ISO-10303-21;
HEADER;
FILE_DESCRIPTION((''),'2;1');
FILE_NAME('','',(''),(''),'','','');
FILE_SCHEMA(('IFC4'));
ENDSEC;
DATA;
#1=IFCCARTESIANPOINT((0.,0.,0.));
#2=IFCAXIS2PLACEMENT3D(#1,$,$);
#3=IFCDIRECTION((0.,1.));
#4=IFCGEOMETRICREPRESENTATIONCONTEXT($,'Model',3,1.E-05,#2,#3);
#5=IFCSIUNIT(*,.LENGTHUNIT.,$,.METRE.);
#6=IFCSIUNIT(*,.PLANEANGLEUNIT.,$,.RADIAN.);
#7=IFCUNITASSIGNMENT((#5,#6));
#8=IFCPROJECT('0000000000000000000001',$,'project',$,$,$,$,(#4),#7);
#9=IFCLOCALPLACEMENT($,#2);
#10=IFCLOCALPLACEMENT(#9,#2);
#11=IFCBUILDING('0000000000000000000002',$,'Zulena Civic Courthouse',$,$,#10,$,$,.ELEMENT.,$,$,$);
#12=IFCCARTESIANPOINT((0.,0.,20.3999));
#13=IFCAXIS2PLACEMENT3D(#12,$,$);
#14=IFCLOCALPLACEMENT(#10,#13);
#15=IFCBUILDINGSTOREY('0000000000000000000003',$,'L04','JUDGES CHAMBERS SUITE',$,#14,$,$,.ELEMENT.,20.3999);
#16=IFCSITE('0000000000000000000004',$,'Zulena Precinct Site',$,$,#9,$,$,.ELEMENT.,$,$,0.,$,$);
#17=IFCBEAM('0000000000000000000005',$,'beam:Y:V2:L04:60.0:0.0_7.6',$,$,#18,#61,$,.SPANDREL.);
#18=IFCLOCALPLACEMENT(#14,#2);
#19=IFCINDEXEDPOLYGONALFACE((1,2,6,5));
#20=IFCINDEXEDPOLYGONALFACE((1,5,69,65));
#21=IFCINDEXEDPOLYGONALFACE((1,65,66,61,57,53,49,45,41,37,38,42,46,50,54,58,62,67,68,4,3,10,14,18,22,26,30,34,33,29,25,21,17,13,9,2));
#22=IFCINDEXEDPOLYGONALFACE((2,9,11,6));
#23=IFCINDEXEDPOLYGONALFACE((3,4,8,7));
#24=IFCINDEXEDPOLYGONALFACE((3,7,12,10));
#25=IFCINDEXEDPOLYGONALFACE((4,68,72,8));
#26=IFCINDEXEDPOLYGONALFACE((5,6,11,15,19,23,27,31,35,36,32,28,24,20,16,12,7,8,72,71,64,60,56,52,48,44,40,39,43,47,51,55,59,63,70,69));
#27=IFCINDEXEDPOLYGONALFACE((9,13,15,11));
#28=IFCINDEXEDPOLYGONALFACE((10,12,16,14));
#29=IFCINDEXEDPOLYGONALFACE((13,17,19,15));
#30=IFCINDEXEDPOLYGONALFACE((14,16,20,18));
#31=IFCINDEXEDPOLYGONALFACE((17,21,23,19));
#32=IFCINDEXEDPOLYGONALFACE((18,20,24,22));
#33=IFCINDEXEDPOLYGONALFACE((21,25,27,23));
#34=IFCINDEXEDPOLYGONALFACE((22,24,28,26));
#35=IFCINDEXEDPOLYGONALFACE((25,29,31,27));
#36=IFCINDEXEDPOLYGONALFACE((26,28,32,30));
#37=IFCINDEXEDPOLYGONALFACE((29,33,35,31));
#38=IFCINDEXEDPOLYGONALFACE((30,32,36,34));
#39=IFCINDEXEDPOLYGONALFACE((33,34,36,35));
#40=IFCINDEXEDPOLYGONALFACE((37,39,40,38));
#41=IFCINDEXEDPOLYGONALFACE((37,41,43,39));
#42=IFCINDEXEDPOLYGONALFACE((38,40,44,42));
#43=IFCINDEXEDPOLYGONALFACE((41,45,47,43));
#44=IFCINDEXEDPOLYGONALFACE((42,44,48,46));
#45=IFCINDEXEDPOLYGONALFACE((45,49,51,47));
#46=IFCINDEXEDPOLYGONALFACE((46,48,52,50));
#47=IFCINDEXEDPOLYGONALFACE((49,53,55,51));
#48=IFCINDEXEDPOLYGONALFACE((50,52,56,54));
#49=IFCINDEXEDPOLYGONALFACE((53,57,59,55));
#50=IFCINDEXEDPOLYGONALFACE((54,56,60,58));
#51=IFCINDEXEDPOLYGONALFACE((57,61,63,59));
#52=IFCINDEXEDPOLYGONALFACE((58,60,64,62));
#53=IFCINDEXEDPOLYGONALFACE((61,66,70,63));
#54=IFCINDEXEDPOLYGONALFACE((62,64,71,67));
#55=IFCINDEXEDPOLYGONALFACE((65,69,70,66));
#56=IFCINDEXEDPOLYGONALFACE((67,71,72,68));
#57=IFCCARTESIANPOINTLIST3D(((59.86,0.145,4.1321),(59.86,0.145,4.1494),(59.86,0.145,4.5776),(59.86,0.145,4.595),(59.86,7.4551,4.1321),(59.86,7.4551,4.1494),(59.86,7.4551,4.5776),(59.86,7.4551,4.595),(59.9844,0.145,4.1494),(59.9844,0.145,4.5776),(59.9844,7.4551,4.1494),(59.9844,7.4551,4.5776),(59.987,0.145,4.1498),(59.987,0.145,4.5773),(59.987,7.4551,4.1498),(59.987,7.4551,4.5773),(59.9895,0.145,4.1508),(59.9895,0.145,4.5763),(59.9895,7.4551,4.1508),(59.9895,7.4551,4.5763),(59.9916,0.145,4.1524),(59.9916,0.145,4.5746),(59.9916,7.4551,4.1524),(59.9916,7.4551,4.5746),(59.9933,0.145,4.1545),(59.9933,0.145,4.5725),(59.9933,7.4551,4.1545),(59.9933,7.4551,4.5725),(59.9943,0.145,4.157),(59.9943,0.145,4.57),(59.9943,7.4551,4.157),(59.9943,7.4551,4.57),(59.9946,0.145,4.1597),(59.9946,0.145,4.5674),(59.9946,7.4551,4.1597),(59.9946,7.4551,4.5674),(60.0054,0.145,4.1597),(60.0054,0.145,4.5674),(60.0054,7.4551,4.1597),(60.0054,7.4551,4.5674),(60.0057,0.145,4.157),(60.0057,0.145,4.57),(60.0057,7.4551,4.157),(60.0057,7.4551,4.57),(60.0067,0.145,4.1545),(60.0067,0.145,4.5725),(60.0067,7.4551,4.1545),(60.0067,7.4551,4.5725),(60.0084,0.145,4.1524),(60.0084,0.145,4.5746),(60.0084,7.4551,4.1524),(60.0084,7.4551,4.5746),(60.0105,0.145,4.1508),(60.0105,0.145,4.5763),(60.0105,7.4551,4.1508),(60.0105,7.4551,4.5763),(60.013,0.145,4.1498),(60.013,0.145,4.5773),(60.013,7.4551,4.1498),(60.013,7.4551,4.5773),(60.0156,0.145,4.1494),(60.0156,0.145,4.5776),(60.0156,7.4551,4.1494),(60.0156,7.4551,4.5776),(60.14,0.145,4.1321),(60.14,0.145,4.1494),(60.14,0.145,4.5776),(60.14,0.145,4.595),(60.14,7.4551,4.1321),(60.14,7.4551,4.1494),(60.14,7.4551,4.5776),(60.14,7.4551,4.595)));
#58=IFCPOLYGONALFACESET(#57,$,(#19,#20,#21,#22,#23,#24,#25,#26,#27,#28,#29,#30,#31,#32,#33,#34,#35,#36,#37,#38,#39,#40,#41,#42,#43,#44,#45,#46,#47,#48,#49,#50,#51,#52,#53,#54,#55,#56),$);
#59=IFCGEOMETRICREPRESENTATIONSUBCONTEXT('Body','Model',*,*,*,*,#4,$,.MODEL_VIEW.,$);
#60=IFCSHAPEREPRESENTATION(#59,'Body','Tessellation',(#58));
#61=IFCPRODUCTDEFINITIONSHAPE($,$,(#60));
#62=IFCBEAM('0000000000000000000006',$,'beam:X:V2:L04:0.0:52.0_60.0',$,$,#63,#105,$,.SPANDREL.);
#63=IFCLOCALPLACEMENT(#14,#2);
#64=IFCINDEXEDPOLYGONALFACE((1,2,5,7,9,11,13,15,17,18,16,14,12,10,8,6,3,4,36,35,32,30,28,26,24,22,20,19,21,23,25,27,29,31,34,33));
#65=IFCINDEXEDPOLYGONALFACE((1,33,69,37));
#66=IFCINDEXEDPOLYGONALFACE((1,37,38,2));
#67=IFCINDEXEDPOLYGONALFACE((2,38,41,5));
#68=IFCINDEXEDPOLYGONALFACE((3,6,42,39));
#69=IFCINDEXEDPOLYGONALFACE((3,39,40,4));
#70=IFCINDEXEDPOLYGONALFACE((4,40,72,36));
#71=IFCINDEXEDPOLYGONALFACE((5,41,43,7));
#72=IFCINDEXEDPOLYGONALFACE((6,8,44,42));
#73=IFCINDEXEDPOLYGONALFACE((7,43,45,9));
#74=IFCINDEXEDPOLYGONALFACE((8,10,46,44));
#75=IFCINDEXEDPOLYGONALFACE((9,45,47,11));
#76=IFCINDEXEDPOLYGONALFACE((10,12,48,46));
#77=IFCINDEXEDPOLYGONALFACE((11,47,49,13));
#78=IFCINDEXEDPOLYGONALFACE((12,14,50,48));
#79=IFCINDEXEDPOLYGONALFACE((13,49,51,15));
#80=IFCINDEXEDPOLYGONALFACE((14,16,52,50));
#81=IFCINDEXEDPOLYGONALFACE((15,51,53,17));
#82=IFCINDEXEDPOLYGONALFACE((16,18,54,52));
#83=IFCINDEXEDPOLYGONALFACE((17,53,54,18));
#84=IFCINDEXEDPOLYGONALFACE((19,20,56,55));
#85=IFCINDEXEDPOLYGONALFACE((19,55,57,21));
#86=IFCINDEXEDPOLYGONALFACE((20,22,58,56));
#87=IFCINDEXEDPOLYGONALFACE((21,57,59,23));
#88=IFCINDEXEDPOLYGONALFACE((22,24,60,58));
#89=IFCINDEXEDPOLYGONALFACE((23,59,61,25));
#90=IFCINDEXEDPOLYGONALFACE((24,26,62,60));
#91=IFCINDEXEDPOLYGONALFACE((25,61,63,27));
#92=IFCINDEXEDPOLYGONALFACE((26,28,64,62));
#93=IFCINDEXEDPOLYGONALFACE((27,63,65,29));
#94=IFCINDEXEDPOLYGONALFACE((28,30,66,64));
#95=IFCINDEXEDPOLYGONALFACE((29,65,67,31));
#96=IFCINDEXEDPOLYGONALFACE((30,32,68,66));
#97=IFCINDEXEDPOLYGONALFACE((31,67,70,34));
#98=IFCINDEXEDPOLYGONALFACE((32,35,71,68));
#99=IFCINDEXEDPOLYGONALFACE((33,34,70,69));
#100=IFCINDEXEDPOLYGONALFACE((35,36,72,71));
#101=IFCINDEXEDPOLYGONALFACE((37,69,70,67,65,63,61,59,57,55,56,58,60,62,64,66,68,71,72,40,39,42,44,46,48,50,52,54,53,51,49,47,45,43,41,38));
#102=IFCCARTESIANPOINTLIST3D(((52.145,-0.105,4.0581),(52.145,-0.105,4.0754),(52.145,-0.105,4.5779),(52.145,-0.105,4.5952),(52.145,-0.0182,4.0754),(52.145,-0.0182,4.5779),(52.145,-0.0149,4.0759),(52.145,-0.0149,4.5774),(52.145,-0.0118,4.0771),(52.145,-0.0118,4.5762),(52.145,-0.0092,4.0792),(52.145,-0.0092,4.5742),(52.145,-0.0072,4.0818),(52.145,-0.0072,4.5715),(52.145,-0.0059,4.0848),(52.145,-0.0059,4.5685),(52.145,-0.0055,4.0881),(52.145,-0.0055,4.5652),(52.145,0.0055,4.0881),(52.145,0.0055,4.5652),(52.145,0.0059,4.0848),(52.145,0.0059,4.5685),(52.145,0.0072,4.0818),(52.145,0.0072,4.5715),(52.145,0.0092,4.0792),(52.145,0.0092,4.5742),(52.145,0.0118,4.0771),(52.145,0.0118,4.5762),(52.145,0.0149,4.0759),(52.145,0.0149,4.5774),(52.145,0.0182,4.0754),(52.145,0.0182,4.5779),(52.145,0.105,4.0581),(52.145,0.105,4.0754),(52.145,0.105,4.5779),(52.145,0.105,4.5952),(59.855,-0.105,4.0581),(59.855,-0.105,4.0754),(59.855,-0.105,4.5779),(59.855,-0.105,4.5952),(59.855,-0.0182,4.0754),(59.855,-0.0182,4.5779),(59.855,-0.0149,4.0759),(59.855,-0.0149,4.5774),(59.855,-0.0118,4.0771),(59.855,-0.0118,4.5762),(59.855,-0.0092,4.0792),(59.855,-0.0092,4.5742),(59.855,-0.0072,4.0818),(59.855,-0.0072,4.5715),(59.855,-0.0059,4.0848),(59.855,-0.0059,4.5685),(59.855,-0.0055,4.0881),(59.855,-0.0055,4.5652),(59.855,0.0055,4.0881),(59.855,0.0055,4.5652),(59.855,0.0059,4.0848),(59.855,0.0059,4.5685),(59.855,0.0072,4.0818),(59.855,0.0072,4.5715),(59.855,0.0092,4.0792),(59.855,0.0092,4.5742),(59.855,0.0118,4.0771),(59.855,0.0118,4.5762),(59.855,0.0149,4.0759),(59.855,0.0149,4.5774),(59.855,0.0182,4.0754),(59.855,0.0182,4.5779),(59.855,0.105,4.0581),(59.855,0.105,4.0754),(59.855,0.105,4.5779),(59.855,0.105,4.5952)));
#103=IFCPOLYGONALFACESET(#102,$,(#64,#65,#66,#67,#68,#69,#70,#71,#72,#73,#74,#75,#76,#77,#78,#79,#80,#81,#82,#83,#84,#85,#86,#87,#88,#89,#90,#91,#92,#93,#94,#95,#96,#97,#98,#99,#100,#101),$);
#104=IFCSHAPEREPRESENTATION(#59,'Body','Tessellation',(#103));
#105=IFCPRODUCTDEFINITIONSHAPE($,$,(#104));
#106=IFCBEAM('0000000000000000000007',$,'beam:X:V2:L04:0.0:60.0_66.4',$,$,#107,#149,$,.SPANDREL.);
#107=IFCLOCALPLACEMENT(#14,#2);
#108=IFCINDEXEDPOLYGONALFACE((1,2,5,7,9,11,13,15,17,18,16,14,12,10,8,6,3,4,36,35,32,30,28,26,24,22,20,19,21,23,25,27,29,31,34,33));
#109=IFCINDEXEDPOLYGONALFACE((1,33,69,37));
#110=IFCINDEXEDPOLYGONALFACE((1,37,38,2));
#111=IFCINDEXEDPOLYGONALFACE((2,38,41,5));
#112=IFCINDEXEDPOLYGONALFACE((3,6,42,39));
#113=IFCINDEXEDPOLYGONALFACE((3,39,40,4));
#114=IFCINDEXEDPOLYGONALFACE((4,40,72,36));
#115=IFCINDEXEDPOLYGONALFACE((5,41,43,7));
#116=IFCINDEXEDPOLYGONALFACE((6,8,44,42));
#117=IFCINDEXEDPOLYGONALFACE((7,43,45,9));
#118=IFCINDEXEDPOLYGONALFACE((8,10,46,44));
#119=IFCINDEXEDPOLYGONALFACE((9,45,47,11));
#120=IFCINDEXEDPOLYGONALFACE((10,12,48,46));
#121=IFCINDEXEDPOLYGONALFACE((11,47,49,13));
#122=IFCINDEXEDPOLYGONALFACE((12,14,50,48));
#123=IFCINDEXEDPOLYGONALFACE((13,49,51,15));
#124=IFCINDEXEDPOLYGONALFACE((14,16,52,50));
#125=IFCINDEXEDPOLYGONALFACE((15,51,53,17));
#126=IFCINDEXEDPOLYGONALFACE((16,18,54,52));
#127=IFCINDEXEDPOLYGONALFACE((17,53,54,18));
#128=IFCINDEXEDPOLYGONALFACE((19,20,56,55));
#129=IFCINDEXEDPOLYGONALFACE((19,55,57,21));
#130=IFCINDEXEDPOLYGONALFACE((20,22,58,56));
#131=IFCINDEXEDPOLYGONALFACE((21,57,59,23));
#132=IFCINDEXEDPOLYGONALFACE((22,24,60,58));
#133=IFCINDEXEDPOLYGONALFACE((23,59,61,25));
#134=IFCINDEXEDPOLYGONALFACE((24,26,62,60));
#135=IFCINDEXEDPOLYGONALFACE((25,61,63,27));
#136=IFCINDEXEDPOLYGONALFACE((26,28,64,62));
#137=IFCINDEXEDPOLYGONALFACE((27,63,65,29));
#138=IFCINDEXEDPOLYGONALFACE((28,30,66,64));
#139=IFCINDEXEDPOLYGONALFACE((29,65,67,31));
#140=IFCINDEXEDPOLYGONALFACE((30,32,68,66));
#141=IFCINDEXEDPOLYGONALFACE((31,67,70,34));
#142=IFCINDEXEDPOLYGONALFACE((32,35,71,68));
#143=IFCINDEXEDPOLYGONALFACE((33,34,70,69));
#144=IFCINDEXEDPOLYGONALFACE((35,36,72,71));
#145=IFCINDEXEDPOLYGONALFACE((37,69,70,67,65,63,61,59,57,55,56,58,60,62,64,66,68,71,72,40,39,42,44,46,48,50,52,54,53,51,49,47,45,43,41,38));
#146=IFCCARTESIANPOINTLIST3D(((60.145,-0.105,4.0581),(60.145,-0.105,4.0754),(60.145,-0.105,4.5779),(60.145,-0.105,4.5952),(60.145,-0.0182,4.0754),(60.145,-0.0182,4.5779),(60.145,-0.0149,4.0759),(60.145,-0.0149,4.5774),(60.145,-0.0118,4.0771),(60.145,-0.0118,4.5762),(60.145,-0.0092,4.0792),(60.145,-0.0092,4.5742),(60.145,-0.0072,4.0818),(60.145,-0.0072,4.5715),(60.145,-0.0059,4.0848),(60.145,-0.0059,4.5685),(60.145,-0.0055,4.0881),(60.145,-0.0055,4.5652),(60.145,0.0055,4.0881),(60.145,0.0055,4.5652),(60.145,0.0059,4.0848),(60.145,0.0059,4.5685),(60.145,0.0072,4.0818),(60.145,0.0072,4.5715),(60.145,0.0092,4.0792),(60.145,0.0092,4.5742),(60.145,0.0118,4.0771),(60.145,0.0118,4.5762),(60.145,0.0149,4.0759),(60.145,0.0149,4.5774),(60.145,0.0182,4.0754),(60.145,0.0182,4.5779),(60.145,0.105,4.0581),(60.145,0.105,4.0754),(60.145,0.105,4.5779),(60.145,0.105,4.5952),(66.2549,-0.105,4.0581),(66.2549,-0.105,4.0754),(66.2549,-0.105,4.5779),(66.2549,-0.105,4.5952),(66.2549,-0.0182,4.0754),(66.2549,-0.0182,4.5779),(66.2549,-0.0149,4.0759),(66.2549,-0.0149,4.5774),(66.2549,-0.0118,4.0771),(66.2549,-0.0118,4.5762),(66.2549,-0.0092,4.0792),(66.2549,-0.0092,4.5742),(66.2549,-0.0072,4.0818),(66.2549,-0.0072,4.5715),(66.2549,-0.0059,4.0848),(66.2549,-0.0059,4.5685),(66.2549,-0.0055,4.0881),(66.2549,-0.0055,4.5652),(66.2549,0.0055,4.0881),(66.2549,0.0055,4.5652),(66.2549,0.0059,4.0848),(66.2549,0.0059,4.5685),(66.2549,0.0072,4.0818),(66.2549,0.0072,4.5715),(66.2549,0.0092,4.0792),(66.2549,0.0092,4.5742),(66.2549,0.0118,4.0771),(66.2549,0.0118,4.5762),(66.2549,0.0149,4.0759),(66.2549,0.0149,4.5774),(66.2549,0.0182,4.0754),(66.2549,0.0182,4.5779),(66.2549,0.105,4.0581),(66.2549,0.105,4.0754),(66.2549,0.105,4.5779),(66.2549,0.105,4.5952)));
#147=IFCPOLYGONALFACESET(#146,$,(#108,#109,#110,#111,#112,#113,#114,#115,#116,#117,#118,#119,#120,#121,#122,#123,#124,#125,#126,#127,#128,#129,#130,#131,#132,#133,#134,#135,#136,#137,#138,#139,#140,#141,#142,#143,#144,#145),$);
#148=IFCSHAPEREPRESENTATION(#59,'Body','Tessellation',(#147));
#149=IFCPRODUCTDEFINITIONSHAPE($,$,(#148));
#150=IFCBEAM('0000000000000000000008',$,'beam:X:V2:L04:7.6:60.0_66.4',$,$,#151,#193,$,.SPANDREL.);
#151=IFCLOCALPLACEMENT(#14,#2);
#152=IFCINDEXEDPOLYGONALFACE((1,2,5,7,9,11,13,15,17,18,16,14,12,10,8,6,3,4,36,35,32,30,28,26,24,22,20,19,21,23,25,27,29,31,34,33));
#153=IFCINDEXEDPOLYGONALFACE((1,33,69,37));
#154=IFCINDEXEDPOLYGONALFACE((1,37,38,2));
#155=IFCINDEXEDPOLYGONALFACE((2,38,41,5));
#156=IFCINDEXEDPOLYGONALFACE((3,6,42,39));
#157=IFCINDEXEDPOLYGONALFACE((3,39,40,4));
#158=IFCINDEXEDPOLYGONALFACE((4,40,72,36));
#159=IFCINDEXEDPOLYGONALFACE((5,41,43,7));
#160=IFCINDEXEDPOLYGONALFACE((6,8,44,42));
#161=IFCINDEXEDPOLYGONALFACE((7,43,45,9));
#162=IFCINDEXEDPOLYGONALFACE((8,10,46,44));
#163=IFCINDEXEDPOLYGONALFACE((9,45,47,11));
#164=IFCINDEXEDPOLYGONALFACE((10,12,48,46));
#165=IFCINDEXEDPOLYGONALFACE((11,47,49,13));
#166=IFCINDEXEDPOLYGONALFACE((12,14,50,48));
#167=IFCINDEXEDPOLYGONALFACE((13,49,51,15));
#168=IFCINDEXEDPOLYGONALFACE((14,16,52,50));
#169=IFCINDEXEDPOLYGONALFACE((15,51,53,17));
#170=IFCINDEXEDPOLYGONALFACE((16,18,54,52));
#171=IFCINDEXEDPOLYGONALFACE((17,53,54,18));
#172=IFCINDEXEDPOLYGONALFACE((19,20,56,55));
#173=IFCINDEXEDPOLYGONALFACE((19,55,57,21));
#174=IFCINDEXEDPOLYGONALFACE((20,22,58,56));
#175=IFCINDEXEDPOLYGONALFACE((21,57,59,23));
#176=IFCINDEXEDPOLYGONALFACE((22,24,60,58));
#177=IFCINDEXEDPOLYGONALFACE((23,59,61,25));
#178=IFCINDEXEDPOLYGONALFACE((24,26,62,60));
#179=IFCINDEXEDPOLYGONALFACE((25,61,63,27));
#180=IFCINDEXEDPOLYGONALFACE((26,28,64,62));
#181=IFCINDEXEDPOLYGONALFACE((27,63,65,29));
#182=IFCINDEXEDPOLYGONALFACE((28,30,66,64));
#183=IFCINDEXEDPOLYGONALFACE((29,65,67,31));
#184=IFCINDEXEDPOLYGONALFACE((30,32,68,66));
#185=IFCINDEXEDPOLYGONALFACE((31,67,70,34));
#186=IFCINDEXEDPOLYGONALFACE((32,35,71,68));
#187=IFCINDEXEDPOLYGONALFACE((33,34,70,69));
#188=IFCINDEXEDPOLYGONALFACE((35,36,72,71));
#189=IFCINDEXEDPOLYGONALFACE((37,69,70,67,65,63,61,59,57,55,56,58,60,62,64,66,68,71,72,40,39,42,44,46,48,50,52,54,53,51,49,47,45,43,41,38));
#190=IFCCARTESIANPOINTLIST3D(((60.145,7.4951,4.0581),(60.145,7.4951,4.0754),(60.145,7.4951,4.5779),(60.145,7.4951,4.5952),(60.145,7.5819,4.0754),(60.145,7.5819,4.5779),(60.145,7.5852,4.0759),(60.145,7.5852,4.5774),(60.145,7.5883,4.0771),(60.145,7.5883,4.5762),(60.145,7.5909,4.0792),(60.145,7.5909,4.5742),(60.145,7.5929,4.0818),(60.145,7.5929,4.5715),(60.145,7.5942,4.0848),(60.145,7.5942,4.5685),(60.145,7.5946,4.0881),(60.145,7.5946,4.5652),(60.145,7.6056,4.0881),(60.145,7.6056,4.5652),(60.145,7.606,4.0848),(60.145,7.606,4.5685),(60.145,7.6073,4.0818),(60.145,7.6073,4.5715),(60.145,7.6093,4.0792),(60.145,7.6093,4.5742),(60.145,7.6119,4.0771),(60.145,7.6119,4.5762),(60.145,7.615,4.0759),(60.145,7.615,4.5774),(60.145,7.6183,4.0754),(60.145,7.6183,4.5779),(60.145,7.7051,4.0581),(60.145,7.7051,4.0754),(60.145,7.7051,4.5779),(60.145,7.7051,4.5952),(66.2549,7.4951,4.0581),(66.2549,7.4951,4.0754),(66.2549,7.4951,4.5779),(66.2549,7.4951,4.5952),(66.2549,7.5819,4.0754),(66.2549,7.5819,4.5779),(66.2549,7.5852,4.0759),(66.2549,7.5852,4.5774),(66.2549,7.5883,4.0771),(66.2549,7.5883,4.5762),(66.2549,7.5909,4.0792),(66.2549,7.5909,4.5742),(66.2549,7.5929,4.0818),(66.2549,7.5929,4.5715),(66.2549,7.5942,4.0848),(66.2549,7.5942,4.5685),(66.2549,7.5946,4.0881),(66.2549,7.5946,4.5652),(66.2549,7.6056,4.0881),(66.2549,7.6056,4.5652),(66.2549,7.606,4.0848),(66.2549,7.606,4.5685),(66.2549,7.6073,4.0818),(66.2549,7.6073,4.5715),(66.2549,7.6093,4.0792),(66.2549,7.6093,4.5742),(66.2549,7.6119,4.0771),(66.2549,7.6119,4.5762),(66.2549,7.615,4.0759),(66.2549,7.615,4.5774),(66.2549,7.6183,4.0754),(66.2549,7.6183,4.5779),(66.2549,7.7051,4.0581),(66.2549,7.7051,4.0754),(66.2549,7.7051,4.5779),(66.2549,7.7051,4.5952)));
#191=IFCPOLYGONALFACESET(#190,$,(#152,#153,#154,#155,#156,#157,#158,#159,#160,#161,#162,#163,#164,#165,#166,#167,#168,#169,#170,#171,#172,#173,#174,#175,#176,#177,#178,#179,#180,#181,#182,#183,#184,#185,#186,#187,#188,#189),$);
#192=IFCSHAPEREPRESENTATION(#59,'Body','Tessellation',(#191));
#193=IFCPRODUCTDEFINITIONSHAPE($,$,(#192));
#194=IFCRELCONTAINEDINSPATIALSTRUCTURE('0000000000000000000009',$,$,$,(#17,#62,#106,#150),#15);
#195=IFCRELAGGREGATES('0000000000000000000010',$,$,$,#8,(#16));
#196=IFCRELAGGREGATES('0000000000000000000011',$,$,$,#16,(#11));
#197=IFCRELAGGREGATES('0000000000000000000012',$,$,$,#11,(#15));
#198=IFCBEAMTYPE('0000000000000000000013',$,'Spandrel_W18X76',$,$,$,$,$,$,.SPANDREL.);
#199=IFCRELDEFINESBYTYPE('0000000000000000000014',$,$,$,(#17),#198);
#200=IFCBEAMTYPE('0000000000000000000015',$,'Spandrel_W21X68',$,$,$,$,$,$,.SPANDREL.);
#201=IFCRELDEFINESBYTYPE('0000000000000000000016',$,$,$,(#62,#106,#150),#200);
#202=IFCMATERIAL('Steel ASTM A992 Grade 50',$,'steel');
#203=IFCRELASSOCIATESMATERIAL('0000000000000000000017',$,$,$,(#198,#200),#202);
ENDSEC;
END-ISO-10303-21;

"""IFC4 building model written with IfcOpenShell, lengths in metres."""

from ifc_helpers import new_model, si_unit, direction, frame, origin, origin_2d, place, context, subcontext, project, spatial, i_section, extrude, material, material_profile, profile_set, type_object, element, save


model = new_model("IFC4")

# Units and contexts
model_context = context("Model", 3, precision=1e-05, world=origin(), true_north=direction((0.0, 1.0)))
body_context = subcontext(model_context, "Body", "Model", "MODEL_VIEW")
ifc_project = project(units=[si_unit("LENGTHUNIT", "METRE"), si_unit("PLANEANGLEUNIT", "RADIAN")], contexts=[model_context])

# Site, building, storey
site_placement = place(None, origin())
site = spatial("IfcSite", under=ifc_project, at=site_placement, Name="Zulena Precinct Site", CompositionType="ELEMENT", RefElevation=0.0)
building_placement = place(site_placement, origin())
building = spatial("IfcBuilding", under=site, at=building_placement, Name="Zulena Civic Courthouse", CompositionType="ELEMENT")
storey_placement = place(building_placement, frame((0.0, 0.0, 20.3999)))
storey = spatial("IfcBuildingStorey", under=building, at=storey_placement, Name="L04", Description="JUDGES CHAMBERS SUITE", CompositionType="ELEMENT", Elevation=20.3999)

# Shared definitions
ifc_material_1 = material(Name="Steel ASTM A992 Grade 50", Category="steel")

# Beams
ifc_material_profile_1 = material_profile(ifc_material_1, i_section(OverallWidth=0.28, OverallDepth=0.4629, WebThickness=0.0107, FlangeThickness=0.0173, FilletRadius=0.0103, at=origin_2d()), Name="W18X76")
ifc_profile_set_1 = profile_set([ifc_material_profile_1], Name="Steel ASTM A992 Grade 50")
beam_type_1 = type_object("IfcBeamType", Name="Spandrel_W18X76", PredefinedType="SPANDREL", material=ifc_profile_set_1)
for number, where, z_axis, x_axis, name in (
    (1, (60.0, 0.145, 4.3635), (0.0, 1.0, 0.0), (-1.0, 0.0, 0.0), "beam:Y:V2:L04:60.0:0.0_7.6"),
):
    element("IfcBeam", number, at=place(storey_placement, frame(where, z_axis=z_axis, x_axis=x_axis)), inside=storey, type_object=beam_type_1, Name=name, PredefinedType="SPANDREL", context=body_context, shape_type="SweptSolid", body=[
        extrude(i_section(OverallWidth=0.28, OverallDepth=0.4629, WebThickness=0.0107, FlangeThickness=0.0173, FilletRadius=0.0103, at=origin_2d()), origin(), (0.0, 0.0, 1.0), 7.3101),
    ])
ifc_material_profile_2 = material_profile(ifc_material_1, i_section(OverallWidth=0.21, OverallDepth=0.5371, WebThickness=0.011, FlangeThickness=0.0173, FilletRadius=0.0127, at=origin_2d()), Name="W21X68")
ifc_profile_set_2 = profile_set([ifc_material_profile_2], Name="Steel ASTM A992 Grade 50")
beam_type_2 = type_object("IfcBeamType", Name="Spandrel_W21X68", PredefinedType="SPANDREL", material=ifc_profile_set_2)
beam_1_placement = place(storey_placement, frame((52.145, 0.0, 4.3267), z_axis=(1.0, 0.0, 0.0), x_axis=(0.0, 1.0, 0.0)))
element("IfcBeam", 2, at=beam_1_placement, inside=storey, type_object=beam_type_2, Name="beam:X:V2:L04:0.0:52.0_60.0", PredefinedType="SPANDREL", context=body_context, shape_type="SweptSolid", body=[
    extrude(i_section(OverallWidth=0.21, OverallDepth=0.5371, WebThickness=0.011, FlangeThickness=0.0173, FilletRadius=0.0127, at=origin_2d()), origin(), (0.0, 0.0, 1.0), 7.71),
])
for number, where, z_axis, x_axis, name in (
    (3, (60.145, 0.0, 4.3267), (1.0, 0.0, 0.0), (0.0, 1.0, 0.0), "beam:X:V2:L04:0.0:60.0_66.4"),
    (4, (60.145, 7.6001, 4.3267), (1.0, 0.0, 0.0), (0.0, 1.0, 0.0), "beam:X:V2:L04:7.6:60.0_66.4"),
):
    element("IfcBeam", number, at=place(storey_placement, frame(where, z_axis=z_axis, x_axis=x_axis)), inside=storey, type_object=beam_type_2, Name=name, PredefinedType="SPANDREL", context=body_context, shape_type="SweptSolid", body=[
        extrude(i_section(OverallWidth=0.21, OverallDepth=0.5371, WebThickness=0.011, FlangeThickness=0.0173, FilletRadius=0.0127, at=origin_2d()), origin(), (0.0, 0.0, 1.0), 6.1099),
    ])

save(model, "model.ifc")
